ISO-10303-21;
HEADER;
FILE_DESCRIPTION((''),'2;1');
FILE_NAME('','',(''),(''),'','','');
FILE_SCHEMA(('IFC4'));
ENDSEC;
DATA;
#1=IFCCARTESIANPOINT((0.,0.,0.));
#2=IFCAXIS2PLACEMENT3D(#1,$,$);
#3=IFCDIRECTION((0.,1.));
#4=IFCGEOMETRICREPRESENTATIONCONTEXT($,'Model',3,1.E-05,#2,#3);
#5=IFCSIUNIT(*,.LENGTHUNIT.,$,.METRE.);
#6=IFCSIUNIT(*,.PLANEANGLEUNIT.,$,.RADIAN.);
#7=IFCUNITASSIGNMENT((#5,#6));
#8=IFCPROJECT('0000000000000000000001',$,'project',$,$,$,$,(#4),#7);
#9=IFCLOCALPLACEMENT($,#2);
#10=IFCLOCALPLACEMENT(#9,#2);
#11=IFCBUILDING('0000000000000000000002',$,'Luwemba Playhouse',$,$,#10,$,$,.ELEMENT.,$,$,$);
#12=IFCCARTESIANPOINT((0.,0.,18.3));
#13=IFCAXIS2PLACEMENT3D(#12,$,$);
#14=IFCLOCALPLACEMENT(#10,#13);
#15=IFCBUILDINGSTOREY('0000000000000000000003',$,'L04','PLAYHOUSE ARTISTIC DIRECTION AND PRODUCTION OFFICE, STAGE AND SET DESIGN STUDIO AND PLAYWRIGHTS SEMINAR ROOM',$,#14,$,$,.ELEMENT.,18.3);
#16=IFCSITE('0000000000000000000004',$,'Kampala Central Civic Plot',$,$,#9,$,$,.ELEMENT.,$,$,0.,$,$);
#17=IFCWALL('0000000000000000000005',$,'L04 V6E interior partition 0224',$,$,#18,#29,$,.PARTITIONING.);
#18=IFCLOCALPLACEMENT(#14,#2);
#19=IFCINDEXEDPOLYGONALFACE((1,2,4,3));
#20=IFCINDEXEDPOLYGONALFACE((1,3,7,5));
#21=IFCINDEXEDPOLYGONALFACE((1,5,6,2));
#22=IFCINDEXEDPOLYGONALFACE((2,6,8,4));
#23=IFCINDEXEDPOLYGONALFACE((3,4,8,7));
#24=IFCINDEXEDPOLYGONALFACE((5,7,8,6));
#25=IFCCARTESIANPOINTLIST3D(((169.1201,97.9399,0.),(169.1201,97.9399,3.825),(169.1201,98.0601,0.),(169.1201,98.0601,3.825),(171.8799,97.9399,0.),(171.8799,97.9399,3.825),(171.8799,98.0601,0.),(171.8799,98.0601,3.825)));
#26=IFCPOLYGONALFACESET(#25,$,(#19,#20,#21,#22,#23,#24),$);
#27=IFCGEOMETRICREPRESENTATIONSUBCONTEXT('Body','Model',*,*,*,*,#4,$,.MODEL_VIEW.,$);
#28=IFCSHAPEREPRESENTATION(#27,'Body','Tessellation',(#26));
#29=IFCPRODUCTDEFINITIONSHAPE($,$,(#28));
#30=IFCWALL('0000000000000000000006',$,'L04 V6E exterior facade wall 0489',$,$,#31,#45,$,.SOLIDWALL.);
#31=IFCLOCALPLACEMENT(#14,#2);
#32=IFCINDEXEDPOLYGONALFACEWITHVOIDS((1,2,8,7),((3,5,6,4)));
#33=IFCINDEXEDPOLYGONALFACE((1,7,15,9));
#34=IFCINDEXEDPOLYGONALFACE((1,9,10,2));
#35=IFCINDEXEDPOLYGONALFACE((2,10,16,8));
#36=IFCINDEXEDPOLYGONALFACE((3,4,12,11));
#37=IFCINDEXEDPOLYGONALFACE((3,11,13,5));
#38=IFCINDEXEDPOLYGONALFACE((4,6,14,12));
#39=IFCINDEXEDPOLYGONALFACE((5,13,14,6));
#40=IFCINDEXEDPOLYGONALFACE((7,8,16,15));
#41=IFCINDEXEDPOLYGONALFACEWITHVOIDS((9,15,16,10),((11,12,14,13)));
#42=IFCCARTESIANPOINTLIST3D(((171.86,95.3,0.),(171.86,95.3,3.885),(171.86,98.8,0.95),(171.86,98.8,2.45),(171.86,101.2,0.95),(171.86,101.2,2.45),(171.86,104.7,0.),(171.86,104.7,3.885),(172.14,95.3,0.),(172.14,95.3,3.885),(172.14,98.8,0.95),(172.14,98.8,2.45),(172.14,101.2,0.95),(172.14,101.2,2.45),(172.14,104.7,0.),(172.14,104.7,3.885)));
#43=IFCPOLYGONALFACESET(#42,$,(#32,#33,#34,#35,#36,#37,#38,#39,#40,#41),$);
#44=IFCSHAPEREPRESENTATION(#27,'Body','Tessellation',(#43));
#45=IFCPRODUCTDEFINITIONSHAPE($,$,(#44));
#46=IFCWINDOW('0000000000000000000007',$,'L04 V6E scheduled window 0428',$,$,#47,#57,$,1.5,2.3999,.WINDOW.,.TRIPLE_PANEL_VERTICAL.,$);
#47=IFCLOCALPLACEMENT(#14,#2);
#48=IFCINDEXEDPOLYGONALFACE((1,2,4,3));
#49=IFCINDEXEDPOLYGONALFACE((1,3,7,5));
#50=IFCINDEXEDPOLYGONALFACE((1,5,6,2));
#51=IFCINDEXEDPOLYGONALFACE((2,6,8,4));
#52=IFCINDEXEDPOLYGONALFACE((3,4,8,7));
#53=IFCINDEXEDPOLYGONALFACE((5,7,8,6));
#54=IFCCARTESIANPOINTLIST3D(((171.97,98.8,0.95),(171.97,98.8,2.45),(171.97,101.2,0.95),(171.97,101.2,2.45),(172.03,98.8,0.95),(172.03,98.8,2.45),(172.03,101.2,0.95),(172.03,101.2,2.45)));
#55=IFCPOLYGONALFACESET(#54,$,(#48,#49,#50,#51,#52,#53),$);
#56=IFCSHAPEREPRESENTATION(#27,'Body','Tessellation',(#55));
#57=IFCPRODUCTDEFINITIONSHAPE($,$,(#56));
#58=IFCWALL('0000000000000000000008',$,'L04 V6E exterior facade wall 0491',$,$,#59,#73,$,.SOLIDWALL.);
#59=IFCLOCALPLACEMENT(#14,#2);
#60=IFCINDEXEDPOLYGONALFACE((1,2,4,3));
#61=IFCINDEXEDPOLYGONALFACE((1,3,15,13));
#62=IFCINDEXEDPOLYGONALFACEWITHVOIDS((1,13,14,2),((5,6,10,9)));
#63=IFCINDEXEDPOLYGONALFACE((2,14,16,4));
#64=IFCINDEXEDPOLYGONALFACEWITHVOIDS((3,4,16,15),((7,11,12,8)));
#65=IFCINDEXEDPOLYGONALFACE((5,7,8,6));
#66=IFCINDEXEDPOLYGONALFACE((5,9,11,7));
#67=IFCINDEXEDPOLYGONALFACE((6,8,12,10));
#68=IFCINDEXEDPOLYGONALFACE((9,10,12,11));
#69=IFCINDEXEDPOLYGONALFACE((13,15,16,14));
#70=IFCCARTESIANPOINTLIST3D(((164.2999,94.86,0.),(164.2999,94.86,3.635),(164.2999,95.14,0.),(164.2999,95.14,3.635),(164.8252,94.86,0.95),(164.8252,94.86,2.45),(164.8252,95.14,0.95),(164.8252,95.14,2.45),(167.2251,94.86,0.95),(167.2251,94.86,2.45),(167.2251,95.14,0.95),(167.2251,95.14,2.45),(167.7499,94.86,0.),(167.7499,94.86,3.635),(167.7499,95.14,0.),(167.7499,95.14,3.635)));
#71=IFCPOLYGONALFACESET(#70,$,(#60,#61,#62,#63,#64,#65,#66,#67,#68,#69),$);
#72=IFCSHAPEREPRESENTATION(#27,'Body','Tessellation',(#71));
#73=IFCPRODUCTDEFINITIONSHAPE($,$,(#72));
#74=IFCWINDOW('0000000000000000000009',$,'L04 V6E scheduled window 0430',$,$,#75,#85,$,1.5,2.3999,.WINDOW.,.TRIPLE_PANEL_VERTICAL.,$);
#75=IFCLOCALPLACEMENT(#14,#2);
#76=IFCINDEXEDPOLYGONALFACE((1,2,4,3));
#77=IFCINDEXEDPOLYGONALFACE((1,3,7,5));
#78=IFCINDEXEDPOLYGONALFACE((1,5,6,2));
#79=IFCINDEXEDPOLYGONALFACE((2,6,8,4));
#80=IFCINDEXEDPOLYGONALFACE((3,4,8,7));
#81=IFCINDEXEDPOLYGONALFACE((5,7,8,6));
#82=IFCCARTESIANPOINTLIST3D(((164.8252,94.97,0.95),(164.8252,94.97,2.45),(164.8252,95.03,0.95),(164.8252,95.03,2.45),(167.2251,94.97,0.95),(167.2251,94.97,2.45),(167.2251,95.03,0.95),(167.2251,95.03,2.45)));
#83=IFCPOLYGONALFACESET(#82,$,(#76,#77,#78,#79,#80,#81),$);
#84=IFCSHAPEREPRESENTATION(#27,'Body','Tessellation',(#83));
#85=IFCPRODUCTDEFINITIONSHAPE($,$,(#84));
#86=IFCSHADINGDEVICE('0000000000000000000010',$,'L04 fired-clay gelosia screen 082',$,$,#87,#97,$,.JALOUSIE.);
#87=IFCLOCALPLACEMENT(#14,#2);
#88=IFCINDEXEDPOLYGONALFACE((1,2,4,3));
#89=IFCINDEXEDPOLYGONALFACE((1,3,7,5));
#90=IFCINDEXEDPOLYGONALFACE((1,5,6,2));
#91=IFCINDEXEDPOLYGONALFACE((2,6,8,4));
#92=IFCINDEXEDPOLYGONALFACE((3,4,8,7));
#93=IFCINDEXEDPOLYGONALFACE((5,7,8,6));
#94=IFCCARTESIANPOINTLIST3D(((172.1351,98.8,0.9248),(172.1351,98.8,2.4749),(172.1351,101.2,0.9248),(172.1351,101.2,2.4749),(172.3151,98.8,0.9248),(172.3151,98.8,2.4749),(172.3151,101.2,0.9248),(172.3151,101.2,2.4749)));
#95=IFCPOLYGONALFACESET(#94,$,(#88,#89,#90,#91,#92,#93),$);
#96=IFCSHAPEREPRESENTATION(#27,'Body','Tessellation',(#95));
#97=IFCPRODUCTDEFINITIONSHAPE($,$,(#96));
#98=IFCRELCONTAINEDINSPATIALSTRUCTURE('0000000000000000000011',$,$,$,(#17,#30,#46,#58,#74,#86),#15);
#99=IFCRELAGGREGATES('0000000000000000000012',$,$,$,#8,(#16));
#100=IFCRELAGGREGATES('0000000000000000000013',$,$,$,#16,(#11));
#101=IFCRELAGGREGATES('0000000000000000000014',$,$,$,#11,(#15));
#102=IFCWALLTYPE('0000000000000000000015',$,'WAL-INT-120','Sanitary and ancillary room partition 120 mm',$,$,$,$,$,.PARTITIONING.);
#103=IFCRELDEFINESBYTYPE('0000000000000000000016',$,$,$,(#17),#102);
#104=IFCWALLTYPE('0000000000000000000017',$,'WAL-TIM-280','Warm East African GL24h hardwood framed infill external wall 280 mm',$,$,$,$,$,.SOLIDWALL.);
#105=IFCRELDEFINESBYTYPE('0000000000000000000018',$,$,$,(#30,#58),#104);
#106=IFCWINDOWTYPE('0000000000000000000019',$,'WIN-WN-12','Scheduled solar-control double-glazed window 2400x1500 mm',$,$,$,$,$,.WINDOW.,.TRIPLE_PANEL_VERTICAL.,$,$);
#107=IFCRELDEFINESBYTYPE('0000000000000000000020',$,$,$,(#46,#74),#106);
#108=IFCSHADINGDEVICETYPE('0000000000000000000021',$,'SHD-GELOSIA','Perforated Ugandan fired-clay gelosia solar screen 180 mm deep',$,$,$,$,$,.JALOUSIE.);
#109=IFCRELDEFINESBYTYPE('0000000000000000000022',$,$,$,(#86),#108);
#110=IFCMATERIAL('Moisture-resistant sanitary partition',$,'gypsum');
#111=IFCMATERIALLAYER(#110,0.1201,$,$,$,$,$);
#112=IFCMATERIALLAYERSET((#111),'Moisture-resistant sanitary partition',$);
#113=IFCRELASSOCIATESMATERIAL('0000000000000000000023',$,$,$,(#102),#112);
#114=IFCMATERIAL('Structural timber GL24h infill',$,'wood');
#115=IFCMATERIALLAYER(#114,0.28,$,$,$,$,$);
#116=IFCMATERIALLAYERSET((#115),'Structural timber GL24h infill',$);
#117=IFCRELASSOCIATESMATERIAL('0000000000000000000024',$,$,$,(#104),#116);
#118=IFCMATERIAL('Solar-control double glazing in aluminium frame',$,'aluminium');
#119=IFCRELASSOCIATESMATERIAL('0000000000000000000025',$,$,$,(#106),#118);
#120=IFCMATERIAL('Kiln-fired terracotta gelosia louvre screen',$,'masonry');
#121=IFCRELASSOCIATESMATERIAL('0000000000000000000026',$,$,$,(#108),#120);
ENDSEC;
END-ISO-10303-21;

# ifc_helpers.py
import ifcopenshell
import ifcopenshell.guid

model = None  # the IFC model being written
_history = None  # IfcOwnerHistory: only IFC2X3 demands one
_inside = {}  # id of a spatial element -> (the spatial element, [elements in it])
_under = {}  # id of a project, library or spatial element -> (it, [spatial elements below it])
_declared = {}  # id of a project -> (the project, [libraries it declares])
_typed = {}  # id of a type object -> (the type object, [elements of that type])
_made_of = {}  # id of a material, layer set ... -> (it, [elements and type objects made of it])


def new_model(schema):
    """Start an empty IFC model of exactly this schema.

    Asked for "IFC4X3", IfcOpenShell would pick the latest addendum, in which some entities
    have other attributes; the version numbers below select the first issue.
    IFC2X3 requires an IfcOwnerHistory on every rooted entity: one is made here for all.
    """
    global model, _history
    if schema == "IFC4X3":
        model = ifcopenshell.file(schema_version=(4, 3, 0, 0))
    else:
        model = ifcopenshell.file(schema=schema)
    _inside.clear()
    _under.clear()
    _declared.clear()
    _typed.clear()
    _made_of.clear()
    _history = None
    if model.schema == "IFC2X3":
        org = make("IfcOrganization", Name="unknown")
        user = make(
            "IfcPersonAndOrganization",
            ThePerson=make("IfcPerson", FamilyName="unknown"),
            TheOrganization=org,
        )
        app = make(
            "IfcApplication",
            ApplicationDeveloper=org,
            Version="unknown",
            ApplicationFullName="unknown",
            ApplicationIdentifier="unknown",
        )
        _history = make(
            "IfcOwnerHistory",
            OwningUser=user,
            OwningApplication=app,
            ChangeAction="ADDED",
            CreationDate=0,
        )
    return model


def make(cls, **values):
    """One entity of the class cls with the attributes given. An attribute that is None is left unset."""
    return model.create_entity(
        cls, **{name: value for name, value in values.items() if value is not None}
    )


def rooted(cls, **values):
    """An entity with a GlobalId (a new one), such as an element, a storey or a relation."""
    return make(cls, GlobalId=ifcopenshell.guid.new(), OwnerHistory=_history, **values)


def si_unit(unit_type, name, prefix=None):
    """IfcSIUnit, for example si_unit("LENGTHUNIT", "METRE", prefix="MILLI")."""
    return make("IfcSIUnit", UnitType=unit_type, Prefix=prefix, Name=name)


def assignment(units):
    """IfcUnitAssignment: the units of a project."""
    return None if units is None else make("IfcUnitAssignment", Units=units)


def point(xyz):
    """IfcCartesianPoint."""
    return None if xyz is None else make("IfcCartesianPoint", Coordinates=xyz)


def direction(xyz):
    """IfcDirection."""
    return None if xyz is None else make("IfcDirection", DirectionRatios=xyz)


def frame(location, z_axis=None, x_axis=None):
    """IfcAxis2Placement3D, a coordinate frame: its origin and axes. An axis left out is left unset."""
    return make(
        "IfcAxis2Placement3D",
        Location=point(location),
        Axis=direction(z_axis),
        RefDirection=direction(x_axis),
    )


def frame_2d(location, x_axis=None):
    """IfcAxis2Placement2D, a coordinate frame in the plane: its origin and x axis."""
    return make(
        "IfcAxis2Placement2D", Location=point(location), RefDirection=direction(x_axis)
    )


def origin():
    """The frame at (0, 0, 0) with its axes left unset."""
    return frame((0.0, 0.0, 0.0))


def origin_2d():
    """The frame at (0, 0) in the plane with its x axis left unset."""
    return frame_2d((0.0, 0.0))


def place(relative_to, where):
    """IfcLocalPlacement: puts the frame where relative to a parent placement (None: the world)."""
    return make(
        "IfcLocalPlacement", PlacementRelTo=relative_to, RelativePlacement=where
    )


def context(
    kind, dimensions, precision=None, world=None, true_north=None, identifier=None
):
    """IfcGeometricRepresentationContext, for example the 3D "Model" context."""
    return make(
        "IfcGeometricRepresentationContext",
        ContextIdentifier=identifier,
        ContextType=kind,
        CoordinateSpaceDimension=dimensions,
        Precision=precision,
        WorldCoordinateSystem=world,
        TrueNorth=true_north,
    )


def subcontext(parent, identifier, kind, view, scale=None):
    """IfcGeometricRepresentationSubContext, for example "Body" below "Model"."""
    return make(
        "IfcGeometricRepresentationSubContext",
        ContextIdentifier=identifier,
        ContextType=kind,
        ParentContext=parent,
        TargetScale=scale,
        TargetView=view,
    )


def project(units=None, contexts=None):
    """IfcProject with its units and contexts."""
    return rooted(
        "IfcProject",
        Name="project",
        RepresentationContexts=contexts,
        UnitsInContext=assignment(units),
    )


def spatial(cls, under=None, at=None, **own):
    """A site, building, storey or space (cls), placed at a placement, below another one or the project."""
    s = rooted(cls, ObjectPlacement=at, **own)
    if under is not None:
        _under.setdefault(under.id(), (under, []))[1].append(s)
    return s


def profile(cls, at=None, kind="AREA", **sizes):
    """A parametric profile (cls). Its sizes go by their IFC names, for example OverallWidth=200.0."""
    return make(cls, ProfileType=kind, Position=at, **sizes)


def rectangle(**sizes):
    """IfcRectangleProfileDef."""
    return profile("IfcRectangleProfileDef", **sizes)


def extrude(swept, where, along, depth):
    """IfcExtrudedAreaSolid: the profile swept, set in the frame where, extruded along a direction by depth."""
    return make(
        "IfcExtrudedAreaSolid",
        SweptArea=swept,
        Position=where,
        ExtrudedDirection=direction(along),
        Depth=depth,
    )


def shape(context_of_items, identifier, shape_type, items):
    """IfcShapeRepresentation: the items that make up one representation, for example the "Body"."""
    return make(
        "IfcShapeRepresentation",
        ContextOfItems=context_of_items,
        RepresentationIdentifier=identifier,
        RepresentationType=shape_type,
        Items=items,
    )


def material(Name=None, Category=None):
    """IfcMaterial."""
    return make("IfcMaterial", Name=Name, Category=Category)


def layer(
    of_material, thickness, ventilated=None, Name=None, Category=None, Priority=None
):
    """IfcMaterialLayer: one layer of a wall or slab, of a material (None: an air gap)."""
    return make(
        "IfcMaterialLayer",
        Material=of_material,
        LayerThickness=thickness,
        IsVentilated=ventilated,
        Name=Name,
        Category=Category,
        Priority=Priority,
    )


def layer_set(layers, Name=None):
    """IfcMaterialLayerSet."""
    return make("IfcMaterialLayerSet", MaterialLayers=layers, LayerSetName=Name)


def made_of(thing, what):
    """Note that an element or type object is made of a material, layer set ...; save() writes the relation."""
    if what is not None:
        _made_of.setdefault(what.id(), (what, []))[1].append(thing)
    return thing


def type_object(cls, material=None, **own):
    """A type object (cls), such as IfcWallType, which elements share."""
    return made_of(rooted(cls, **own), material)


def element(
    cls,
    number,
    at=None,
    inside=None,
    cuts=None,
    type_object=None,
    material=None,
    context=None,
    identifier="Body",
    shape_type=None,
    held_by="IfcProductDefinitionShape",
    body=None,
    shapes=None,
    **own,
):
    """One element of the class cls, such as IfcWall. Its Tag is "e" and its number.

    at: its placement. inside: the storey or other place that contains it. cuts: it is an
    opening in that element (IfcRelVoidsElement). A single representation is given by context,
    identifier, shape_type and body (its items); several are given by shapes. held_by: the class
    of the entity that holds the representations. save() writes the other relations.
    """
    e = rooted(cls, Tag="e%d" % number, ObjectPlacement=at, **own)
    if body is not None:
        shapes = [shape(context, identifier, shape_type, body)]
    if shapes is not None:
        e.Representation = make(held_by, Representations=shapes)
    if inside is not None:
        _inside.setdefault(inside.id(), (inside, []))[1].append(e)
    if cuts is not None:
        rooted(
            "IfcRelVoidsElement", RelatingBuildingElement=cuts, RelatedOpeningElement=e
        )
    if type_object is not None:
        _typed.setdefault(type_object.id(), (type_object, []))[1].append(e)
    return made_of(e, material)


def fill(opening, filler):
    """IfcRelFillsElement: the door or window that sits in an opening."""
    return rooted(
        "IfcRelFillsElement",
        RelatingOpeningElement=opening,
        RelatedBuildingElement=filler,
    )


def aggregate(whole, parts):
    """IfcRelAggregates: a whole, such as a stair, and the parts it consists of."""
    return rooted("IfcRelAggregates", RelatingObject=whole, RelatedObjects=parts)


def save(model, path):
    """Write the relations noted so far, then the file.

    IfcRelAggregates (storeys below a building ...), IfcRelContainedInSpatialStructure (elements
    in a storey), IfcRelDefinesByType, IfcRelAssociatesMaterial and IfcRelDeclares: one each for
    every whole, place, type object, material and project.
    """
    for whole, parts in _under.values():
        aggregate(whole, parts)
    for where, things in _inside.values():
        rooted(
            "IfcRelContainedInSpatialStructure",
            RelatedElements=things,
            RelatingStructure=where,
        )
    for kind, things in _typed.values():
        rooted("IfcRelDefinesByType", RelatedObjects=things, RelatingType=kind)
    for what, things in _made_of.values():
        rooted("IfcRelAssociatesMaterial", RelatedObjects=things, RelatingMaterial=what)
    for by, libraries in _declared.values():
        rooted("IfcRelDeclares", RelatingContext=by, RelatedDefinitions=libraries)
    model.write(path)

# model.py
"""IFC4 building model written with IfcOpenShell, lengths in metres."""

from ifc_helpers import new_model, si_unit, direction, frame, frame_2d, origin, origin_2d, place, context, subcontext, project, spatial, rectangle, extrude, material, layer, layer_set, type_object, element, fill, save


model = new_model("IFC4")

# Units and contexts
model_context = context("Model", 3, precision=1e-05, world=origin(), true_north=direction((0.0, 1.0)))
body_context = subcontext(model_context, "Body", "Model", "MODEL_VIEW")
ifc_project = project(units=[si_unit("LENGTHUNIT", "METRE"), si_unit("PLANEANGLEUNIT", "RADIAN")], contexts=[model_context])

# Site, building, storey
site_placement = place(None, origin())
site = spatial("IfcSite", under=ifc_project, at=site_placement, Name="Kampala Central Civic Plot", CompositionType="ELEMENT", RefElevation=0.0)
building_placement = place(site_placement, origin())
building = spatial("IfcBuilding", under=site, at=building_placement, Name="Luwemba Playhouse", CompositionType="ELEMENT")
storey_placement = place(building_placement, frame((0.0, 0.0, 18.3)))
storey = spatial("IfcBuildingStorey", under=building, at=storey_placement, Name="L04", Description="PLAYHOUSE ARTISTIC DIRECTION AND PRODUCTION OFFICE, STAGE AND SET DESIGN STUDIO AND PLAYWRIGHTS SEMINAR ROOM", CompositionType="ELEMENT", Elevation=18.3)

# Shared definitions
ifc_material_1 = material(Name="Solar-control double glazing in aluminium frame", Category="aluminium")

# Shared definitions
ifc_material_2 = material(Name="Moisture-resistant sanitary partition", Category="gypsum")
ifc_layer_1 = layer(ifc_material_2, 0.1201)
ifc_layer_set_1 = layer_set([ifc_layer_1], Name="Moisture-resistant sanitary partition")
wall_type_1 = type_object("IfcWallType", Name="WAL-INT-120", Description="Sanitary and ancillary room partition 120 mm", PredefinedType="PARTITIONING", material=ifc_layer_set_1)

# Wall
wall_1_placement = place(storey_placement, frame((169.1201, 98.0, 0.0), z_axis=(0.0, 0.0, 1.0), x_axis=(1.0, 0.0, 0.0)))
element("IfcWall", 1, at=wall_1_placement, inside=storey, type_object=wall_type_1, Name="L04 V6E interior partition 0224", PredefinedType="PARTITIONING", context=body_context, shape_type="SweptSolid", body=[
    extrude(rectangle(XDim=2.7598, YDim=0.1201, at=frame_2d((1.3799, 0.0))), origin(), (0.0, 0.0, 1.0), 3.825),
])

# Walls, openings, windows
ifc_material_3 = material(Name="Structural timber GL24h infill", Category="wood")
ifc_layer_2 = layer(ifc_material_3, 0.28)
ifc_layer_set_2 = layer_set([ifc_layer_2], Name="Structural timber GL24h infill")
wall_type_2 = type_object("IfcWallType", Name="WAL-TIM-280", Description="Warm East African GL24h hardwood framed infill external wall 280 mm", PredefinedType="SOLIDWALL", material=ifc_layer_set_2)
wall_2_placement = place(storey_placement, frame((172.0, 104.7, 0.0), z_axis=(0.0, 0.0, 1.0), x_axis=(0.0, -1.0, 0.0)))
wall_2 = element("IfcWall", 2, at=wall_2_placement, inside=storey, type_object=wall_type_2, Name="L04 V6E exterior facade wall 0489", PredefinedType="SOLIDWALL", context=body_context, shape_type="SweptSolid", body=[
    extrude(rectangle(XDim=9.3999, YDim=0.28, at=frame_2d((4.7, 0.0))), origin(), (0.0, 0.0, 1.0), 3.885),
])
opening_1_placement = place(wall_2_placement, frame((3.5, 0.0, 0.95)))
opening_1 = element("IfcOpeningElement", 3, at=opening_1_placement, cuts=wall_2, PredefinedType="OPENING", context=body_context, shape_type="SweptSolid", body=[
    extrude(rectangle(XDim=2.3999, YDim=1.5, at=frame_2d((1.2, 0.75))), frame((0.0, 0.1499, 0.0), z_axis=(0.0, -1.0, 0.0), x_axis=(1.0, 0.0, 0.0)), (0.0, 0.0, 1.0), 0.3),
])
window_type_1 = type_object("IfcWindowType", Name="WIN-WN-12", Description="Scheduled solar-control double-glazed window 2400x1500 mm", PartitioningType="TRIPLE_PANEL_VERTICAL", PredefinedType="WINDOW", material=ifc_material_1)
window_1_placement = place(opening_1_placement, origin())
window_1 = element("IfcWindow", 4, at=window_1_placement, inside=storey, type_object=window_type_1, Name="L04 V6E scheduled window 0428", OverallHeight=1.5, OverallWidth=2.3999, PartitioningType="TRIPLE_PANEL_VERTICAL", PredefinedType="WINDOW", context=body_context, shape_type="SweptSolid", body=[
    extrude(rectangle(XDim=2.3999, YDim=1.5, at=frame_2d((1.2, 0.75))), frame((0.0, 0.03, 0.0), z_axis=(0.0, -1.0, 0.0), x_axis=(1.0, 0.0, 0.0)), (0.0, 0.0, 1.0), 0.0601),
])
fill(opening_1, window_1)
wall_3_placement = place(storey_placement, frame((167.75, 95.0, 0.0), z_axis=(0.0, 0.0, 1.0), x_axis=(-1.0, 0.0, 0.0)))
wall_3 = element("IfcWall", 5, at=wall_3_placement, inside=storey, type_object=wall_type_2, Name="L04 V6E exterior facade wall 0491", PredefinedType="SOLIDWALL", context=body_context, shape_type="SweptSolid", body=[
    extrude(rectangle(XDim=3.45, YDim=0.28, at=frame_2d((1.7251, 0.0))), origin(), (0.0, 0.0, 1.0), 3.635),
])
opening_2_placement = place(wall_3_placement, frame((0.5249, 0.0, 0.95)))
opening_2 = element("IfcOpeningElement", 6, at=opening_2_placement, cuts=wall_3, PredefinedType="OPENING", context=body_context, shape_type="SweptSolid", body=[
    extrude(rectangle(XDim=2.3999, YDim=1.5, at=frame_2d((1.2, 0.75))), frame((0.0, 0.1499, 0.0), z_axis=(0.0, -1.0, 0.0), x_axis=(1.0, 0.0, 0.0)), (0.0, 0.0, 1.0), 0.3),
])
window_2_placement = place(opening_2_placement, origin())
window_2 = element("IfcWindow", 7, at=window_2_placement, inside=storey, type_object=window_type_1, Name="L04 V6E scheduled window 0430", OverallHeight=1.5, OverallWidth=2.3999, PartitioningType="TRIPLE_PANEL_VERTICAL", PredefinedType="WINDOW", context=body_context, shape_type="SweptSolid", body=[
    extrude(rectangle(XDim=2.3999, YDim=1.5, at=frame_2d((1.2, 0.75))), frame((0.0, 0.03, 0.0), z_axis=(0.0, -1.0, 0.0), x_axis=(1.0, 0.0, 0.0)), (0.0, 0.0, 1.0), 0.0601),
])
fill(opening_2, window_2)

# Shading device
ifc_material_4 = material(Name="Kiln-fired terracotta gelosia louvre screen", Category="masonry")
shading_device_type = type_object("IfcShadingDeviceType", Name="SHD-GELOSIA", Description="Perforated Ugandan fired-clay gelosia solar screen 180 mm deep", PredefinedType="JALOUSIE", material=ifc_material_4)
shading_device_placement = place(storey_placement, frame((172.2251, 100.0, 0.9248), z_axis=(0.0, 0.0, 1.0), x_axis=(0.0, -1.0, 0.0)))
element("IfcShadingDevice", 8, at=shading_device_placement, inside=storey, type_object=shading_device_type, Name="L04 fired-clay gelosia screen 082", PredefinedType="JALOUSIE", context=body_context, shape_type="SweptSolid", body=[
    extrude(rectangle(XDim=2.3999, YDim=0.1799, at=origin_2d()), origin(), (0.0, 0.0, 1.0), 1.55),
])

save(model, "model.ifc")
